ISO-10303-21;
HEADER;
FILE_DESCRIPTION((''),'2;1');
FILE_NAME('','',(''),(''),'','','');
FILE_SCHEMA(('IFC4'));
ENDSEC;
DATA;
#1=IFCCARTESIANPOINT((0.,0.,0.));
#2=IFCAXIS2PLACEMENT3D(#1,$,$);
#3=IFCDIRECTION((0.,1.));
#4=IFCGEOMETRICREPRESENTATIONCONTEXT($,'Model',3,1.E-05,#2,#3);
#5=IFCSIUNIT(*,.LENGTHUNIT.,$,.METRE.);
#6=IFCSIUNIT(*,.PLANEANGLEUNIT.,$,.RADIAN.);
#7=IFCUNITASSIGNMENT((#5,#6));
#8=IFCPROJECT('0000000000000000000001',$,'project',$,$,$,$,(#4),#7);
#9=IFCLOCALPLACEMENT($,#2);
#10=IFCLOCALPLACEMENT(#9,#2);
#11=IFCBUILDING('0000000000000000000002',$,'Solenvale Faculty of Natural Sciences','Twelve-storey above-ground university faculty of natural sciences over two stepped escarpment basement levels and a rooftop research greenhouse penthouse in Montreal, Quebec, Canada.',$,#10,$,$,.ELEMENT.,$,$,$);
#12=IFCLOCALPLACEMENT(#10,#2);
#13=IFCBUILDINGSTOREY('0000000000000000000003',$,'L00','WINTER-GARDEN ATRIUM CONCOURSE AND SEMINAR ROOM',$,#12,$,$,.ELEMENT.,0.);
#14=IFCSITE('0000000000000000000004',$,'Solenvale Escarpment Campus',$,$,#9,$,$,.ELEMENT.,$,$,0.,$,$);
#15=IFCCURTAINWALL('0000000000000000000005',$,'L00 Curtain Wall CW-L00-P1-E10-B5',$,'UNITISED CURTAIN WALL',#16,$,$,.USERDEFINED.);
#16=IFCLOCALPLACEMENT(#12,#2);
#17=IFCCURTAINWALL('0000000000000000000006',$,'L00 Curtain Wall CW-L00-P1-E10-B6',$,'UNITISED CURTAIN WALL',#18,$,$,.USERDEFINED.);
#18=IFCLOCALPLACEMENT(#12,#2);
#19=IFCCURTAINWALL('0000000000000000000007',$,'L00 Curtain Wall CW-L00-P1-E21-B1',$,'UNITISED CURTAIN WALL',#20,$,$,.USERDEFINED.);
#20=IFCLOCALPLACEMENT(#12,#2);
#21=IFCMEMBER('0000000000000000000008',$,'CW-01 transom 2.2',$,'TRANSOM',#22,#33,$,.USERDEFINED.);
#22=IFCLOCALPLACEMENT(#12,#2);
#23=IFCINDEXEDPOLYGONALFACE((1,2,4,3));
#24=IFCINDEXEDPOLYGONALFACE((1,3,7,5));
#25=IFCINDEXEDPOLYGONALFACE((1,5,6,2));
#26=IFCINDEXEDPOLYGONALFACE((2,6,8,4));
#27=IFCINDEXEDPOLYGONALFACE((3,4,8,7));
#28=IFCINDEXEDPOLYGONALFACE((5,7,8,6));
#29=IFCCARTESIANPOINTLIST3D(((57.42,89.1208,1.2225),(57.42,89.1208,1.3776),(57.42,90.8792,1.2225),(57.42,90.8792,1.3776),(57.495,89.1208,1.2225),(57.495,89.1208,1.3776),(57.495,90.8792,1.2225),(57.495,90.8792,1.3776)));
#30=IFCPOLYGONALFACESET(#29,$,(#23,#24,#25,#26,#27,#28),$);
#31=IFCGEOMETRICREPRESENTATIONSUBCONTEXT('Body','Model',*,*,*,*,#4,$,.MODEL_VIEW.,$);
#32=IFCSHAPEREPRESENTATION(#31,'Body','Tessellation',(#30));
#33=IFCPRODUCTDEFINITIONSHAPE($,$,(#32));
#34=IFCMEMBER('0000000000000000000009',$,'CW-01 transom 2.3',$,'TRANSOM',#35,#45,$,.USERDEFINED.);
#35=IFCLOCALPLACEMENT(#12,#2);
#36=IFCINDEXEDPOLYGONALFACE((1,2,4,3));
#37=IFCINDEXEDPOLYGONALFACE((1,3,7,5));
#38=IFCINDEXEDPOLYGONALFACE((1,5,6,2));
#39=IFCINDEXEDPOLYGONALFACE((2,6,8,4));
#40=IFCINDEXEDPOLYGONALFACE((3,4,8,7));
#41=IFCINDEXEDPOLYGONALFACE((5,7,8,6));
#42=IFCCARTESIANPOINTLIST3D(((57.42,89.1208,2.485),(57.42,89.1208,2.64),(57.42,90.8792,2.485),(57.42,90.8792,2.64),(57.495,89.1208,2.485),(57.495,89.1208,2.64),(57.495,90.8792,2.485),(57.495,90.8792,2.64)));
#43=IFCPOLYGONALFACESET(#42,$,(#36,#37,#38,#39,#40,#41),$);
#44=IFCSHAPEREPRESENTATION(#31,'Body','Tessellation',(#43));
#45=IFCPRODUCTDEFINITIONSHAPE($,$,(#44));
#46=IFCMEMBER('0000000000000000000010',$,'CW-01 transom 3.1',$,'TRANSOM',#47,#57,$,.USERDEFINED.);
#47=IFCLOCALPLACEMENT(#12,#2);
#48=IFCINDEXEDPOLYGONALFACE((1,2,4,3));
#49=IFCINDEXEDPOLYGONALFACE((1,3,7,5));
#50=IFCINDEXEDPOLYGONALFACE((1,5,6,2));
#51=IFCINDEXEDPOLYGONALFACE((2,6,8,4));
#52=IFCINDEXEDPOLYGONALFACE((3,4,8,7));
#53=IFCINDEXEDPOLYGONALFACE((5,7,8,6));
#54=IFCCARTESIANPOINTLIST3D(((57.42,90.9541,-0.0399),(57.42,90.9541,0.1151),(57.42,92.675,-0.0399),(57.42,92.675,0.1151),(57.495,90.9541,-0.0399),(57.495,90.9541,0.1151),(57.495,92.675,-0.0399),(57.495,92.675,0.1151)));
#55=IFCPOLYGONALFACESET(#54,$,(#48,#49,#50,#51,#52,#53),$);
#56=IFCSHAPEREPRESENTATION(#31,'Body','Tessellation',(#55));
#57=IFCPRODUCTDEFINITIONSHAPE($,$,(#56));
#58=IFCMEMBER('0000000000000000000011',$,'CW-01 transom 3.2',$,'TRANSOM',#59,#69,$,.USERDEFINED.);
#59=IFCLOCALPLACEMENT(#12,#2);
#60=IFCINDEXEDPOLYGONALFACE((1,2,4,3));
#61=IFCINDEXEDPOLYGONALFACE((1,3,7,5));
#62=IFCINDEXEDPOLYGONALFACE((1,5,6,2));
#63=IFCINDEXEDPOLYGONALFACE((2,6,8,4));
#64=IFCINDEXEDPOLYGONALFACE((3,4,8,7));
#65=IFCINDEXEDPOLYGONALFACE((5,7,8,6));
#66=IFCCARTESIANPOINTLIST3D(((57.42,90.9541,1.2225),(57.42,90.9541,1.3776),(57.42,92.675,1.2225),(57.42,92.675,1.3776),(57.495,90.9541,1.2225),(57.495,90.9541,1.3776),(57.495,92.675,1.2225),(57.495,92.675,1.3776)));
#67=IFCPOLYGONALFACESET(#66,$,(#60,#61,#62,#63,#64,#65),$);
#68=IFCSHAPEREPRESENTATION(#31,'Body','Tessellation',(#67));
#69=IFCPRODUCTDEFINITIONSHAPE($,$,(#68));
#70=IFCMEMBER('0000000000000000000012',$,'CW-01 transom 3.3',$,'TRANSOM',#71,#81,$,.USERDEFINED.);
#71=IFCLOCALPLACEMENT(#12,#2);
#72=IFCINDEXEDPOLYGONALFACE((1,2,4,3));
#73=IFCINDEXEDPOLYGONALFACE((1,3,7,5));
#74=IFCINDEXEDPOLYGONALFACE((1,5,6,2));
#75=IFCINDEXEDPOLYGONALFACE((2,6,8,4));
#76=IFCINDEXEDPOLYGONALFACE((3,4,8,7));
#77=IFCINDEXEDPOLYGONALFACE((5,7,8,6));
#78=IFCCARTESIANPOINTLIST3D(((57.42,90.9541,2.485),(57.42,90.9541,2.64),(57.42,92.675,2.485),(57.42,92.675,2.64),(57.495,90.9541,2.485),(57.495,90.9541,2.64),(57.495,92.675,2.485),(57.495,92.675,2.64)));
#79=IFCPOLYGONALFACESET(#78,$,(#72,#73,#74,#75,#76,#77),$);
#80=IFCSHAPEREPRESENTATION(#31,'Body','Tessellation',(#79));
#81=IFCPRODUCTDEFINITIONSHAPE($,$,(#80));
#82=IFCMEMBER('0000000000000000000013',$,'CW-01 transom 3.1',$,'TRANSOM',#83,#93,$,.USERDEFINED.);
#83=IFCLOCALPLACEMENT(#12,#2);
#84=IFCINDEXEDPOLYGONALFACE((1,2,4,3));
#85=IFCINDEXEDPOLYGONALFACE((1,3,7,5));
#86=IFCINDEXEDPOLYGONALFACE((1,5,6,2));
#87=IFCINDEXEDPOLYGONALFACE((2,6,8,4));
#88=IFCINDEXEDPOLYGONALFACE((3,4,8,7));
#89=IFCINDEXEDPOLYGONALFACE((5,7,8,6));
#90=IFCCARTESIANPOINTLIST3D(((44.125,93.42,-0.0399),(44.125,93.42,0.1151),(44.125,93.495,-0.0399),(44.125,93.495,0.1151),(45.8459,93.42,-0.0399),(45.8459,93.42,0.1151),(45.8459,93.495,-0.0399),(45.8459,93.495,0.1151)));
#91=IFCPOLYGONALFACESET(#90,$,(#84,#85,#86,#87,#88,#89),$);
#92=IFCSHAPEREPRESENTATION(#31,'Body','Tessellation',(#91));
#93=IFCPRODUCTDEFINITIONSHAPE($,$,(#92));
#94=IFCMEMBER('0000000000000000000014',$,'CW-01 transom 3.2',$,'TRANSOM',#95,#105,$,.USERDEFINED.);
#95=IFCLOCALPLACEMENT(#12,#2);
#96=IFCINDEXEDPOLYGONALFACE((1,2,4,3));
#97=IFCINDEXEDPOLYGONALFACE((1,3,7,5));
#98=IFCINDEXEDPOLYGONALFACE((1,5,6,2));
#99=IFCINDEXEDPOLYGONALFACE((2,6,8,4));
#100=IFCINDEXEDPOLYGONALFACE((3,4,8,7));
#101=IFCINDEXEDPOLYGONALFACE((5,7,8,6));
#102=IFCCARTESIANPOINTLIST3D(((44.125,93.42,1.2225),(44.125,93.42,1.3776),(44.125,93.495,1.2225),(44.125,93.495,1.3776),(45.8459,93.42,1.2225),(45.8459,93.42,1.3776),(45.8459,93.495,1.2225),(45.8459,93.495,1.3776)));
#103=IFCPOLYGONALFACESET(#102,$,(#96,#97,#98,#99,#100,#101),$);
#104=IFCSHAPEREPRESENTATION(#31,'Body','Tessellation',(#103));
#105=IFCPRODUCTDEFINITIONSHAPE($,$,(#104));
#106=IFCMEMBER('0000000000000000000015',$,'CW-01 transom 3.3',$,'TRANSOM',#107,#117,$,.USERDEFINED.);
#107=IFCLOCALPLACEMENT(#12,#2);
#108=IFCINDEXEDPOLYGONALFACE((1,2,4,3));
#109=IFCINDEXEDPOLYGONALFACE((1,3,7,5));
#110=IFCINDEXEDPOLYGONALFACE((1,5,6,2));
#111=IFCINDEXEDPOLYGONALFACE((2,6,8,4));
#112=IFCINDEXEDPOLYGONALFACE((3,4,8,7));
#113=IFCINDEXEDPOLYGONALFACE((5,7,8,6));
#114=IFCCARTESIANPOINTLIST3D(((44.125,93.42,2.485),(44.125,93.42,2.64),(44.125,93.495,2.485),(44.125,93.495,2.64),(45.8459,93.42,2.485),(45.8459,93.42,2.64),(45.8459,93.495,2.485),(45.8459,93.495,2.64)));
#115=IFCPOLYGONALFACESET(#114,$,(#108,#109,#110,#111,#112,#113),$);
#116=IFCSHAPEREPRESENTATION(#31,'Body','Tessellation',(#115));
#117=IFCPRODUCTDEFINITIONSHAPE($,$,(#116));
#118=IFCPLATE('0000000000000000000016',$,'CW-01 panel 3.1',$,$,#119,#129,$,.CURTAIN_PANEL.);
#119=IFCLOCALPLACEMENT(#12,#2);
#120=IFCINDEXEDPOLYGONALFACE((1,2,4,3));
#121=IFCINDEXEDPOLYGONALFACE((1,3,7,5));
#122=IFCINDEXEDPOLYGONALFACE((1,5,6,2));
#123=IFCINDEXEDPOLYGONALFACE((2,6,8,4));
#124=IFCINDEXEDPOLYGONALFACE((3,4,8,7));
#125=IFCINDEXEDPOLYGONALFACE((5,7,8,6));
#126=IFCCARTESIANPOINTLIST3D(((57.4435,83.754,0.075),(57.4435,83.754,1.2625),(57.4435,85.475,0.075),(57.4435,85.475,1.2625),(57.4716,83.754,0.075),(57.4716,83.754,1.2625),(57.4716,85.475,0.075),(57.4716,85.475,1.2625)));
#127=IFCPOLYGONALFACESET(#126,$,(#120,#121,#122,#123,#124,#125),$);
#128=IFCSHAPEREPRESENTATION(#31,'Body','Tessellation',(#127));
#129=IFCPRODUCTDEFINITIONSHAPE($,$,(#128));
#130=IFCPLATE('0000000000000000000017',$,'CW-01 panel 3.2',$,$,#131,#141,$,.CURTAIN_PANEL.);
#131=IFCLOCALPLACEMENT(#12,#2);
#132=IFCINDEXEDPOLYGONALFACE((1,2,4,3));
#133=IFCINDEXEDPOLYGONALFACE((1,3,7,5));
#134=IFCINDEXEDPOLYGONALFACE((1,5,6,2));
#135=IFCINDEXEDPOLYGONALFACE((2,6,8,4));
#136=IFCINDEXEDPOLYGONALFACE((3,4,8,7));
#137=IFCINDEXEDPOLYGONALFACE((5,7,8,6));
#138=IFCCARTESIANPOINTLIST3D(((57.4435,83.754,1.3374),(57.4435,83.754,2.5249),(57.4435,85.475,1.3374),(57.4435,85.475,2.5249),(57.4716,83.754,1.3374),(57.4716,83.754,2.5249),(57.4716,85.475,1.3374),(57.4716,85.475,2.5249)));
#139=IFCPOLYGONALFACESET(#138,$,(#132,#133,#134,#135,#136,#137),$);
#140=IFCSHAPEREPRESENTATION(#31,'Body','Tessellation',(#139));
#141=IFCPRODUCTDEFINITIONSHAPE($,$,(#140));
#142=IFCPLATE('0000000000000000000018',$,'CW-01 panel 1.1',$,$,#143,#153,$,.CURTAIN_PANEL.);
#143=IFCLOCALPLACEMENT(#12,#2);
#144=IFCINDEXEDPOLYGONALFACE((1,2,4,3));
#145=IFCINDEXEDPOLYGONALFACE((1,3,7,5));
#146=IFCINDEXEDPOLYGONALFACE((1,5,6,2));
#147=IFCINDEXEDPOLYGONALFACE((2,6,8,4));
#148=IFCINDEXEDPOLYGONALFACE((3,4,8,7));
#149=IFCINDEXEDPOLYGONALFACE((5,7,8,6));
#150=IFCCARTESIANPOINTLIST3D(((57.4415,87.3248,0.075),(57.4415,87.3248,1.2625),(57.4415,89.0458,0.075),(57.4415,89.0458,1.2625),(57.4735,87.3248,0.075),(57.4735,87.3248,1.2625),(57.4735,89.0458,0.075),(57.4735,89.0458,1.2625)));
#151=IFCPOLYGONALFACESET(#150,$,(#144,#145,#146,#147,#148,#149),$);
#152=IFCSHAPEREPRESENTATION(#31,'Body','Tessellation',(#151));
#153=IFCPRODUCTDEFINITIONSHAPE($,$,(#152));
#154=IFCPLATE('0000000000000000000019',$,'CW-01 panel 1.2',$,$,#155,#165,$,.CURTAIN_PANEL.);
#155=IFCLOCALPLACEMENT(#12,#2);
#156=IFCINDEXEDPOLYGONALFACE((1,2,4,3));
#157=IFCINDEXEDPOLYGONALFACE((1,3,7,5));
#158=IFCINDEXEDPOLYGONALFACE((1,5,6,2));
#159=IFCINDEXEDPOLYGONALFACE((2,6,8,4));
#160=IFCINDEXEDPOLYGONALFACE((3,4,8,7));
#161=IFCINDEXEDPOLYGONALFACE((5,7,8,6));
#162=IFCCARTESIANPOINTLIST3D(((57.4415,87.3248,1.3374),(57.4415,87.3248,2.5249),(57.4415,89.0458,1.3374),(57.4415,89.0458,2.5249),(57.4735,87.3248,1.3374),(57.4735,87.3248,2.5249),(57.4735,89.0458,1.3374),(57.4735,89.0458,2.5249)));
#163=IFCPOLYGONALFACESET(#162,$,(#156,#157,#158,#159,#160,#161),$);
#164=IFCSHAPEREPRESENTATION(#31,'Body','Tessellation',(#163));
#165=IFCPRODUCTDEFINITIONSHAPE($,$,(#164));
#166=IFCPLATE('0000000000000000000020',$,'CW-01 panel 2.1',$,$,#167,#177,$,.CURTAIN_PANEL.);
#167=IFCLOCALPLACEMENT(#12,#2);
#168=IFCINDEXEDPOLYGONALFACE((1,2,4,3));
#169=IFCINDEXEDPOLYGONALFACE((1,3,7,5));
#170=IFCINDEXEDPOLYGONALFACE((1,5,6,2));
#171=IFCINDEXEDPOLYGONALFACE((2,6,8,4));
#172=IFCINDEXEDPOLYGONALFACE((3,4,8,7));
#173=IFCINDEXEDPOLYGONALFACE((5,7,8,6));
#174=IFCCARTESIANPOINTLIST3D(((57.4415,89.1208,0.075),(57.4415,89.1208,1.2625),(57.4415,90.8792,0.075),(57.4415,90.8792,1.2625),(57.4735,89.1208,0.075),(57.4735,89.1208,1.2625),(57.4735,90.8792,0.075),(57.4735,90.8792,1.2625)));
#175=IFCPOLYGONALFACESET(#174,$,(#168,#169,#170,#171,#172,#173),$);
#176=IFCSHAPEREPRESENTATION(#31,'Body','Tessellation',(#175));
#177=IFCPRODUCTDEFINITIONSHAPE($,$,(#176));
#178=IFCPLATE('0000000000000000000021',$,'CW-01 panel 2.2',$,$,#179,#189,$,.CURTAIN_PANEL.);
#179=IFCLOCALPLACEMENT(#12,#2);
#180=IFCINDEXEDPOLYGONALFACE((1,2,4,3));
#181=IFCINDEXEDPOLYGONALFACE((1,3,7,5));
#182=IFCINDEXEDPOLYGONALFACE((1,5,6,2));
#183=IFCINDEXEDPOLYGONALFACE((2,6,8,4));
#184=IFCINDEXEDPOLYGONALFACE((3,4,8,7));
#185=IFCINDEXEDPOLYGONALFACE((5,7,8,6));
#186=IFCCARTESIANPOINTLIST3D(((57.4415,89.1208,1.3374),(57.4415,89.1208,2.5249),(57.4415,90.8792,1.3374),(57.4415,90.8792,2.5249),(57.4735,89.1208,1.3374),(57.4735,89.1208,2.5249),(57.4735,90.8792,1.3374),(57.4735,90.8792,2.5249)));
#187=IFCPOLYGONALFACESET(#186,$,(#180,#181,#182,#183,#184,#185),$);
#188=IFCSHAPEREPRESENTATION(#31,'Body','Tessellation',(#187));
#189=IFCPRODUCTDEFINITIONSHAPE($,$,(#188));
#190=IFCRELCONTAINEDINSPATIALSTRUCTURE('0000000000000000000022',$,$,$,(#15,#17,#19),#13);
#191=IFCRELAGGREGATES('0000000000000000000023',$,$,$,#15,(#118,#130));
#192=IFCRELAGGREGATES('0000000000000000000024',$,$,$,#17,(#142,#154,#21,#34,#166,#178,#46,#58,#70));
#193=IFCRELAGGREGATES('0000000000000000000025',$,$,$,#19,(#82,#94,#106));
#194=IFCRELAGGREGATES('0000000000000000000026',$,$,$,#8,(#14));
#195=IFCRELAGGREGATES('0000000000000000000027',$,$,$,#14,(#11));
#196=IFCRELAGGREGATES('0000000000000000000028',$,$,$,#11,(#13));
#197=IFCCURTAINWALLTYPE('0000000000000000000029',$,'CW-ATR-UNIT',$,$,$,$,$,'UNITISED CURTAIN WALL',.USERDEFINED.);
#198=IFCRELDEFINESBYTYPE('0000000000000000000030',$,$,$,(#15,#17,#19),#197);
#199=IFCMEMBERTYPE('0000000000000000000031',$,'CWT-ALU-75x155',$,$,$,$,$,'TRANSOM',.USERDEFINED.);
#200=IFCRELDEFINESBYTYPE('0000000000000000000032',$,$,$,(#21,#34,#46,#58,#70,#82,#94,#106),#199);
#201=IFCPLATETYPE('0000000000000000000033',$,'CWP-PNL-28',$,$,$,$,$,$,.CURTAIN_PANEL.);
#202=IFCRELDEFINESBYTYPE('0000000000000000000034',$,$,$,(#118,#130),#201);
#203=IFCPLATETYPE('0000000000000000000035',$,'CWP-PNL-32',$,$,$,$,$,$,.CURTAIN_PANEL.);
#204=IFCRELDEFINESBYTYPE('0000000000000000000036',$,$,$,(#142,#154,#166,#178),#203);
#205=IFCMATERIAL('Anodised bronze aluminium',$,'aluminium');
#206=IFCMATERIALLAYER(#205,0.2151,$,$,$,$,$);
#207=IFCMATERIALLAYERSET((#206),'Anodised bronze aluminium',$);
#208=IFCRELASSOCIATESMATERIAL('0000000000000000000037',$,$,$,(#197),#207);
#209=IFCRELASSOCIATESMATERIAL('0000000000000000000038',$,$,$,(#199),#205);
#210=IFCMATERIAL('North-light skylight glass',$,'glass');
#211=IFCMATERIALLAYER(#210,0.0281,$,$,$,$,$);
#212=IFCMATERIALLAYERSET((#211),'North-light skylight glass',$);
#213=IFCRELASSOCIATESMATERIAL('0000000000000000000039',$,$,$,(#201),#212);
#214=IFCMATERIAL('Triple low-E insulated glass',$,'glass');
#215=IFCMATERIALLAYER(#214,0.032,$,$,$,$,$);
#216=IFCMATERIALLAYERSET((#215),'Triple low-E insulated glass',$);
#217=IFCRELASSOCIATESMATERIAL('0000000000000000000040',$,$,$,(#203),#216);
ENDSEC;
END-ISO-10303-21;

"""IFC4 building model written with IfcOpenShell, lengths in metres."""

from ifc_helpers import new_model, si_unit, direction, frame, origin, origin_2d, place, context, subcontext, project, spatial, rectangle, extrude, material, layer, layer_set, material_profile, profile_set, type_object, element, aggregate, save


model = new_model("IFC4")

# Units and contexts
model_context = context("Model", 3, precision=1e-05, world=origin(), true_north=direction((0.0, 1.0)))
body_context = subcontext(model_context, "Body", "Model", "MODEL_VIEW")
ifc_project = project(units=[si_unit("LENGTHUNIT", "METRE"), si_unit("PLANEANGLEUNIT", "RADIAN")], contexts=[model_context])

# Site, building, storey
site_placement = place(None, origin())
site = spatial("IfcSite", under=ifc_project, at=site_placement, Name="Solenvale Escarpment Campus", CompositionType="ELEMENT", RefElevation=0.0)
building_placement = place(site_placement, origin())
building = spatial("IfcBuilding", under=site, at=building_placement, Name="Solenvale Faculty of Natural Sciences", Description="Twelve-storey above-ground university faculty of natural sciences over two stepped escarpment basement levels and a rooftop research greenhouse penthouse in Montreal, Quebec, Canada.", CompositionType="ELEMENT")
storey_placement = place(building_placement, origin())
storey = spatial("IfcBuildingStorey", under=building, at=storey_placement, Name="L00", Description="WINTER-GARDEN ATRIUM CONCOURSE AND SEMINAR ROOM", CompositionType="ELEMENT", Elevation=0.0)

# Curtain wall
ifc_material_1 = material(Name="Anodised bronze aluminium", Category="aluminium")
ifc_layer_1 = layer(ifc_material_1, 0.2151)
ifc_layer_set_1 = layer_set([ifc_layer_1], Name="Anodised bronze aluminium")
curtain_wall_type = type_object("IfcCurtainWallType", Name="CW-ATR-UNIT", ElementType="UNITISED CURTAIN WALL", PredefinedType="USERDEFINED", material=ifc_layer_set_1)
curtain_wall_1_placement = place(storey_placement, origin())
curtain_wall_1 = element("IfcCurtainWall", 1, at=curtain_wall_1_placement, inside=storey, type_object=curtain_wall_type, Name="L00 Curtain Wall CW-L00-P1-E10-B5", ObjectType="UNITISED CURTAIN WALL", PredefinedType="USERDEFINED")

# Curtain walls
curtain_wall_2_placement = place(storey_placement, origin())
curtain_wall_2 = element("IfcCurtainWall", 2, at=curtain_wall_2_placement, inside=storey, type_object=curtain_wall_type, Name="L00 Curtain Wall CW-L00-P1-E10-B6", ObjectType="UNITISED CURTAIN WALL", PredefinedType="USERDEFINED")
curtain_wall_3_placement = place(storey_placement, origin())
curtain_wall_3 = element("IfcCurtainWall", 3, at=curtain_wall_3_placement, inside=storey, type_object=curtain_wall_type, Name="L00 Curtain Wall CW-L00-P1-E21-B1", ObjectType="UNITISED CURTAIN WALL", PredefinedType="USERDEFINED")

# Members
ifc_material_profile_1 = material_profile(ifc_material_1, rectangle(XDim=0.075, YDim=0.155, at=origin_2d()), Name="ALU-TRN-75x155")
ifc_profile_set_1 = profile_set([ifc_material_profile_1], Name="Anodised bronze aluminium")
member_type_1 = type_object("IfcMemberType", Name="CWT-ALU-75x155", ElementType="TRANSOM", PredefinedType="USERDEFINED", material=ifc_profile_set_1)
member_1_placement = place(storey_placement, frame((57.4575, 89.1208, 1.3), z_axis=(0.0, 1.0, 0.0), x_axis=(-1.0, 0.0, 0.0)))
member_1 = element("IfcMember", 4, at=member_1_placement, type_object=member_type_1, Name="CW-01 transom 2.2", ObjectType="TRANSOM", PredefinedType="USERDEFINED", context=body_context, shape_type="SweptSolid", body=[
    extrude(rectangle(XDim=0.075, YDim=0.155, at=origin_2d()), origin(), (0.0, 0.0, 1.0), 1.7583),
])
member_2_placement = place(storey_placement, frame((57.4575, 89.1208, 2.5625), z_axis=(0.0, 1.0, 0.0), x_axis=(-1.0, 0.0, 0.0)))
member_2 = element("IfcMember", 5, at=member_2_placement, type_object=member_type_1, Name="CW-01 transom 2.3", ObjectType="TRANSOM", PredefinedType="USERDEFINED", context=body_context, shape_type="SweptSolid", body=[
    extrude(rectangle(XDim=0.075, YDim=0.155, at=origin_2d()), origin(), (0.0, 0.0, 1.0), 1.7583),
])
member_3_placement = place(storey_placement, frame((57.4575, 90.9541, 0.0376), z_axis=(0.0, 1.0, 0.0), x_axis=(-1.0, 0.0, 0.0)))
member_3 = element("IfcMember", 6, at=member_3_placement, type_object=member_type_1, Name="CW-01 transom 3.1", ObjectType="TRANSOM", PredefinedType="USERDEFINED", context=body_context, shape_type="SweptSolid", body=[
    extrude(rectangle(XDim=0.075, YDim=0.155, at=origin_2d()), origin(), (0.0, 0.0, 1.0), 1.7209),
])
member_4_placement = place(storey_placement, frame((57.4575, 90.9541, 1.3), z_axis=(0.0, 1.0, 0.0), x_axis=(-1.0, 0.0, 0.0)))
member_4 = element("IfcMember", 7, at=member_4_placement, type_object=member_type_1, Name="CW-01 transom 3.2", ObjectType="TRANSOM", PredefinedType="USERDEFINED", context=body_context, shape_type="SweptSolid", body=[
    extrude(rectangle(XDim=0.075, YDim=0.155, at=origin_2d()), origin(), (0.0, 0.0, 1.0), 1.7209),
])
member_5_placement = place(storey_placement, frame((57.4575, 90.9541, 2.5625), z_axis=(0.0, 1.0, 0.0), x_axis=(-1.0, 0.0, 0.0)))
member_5 = element("IfcMember", 8, at=member_5_placement, type_object=member_type_1, Name="CW-01 transom 3.3", ObjectType="TRANSOM", PredefinedType="USERDEFINED", context=body_context, shape_type="SweptSolid", body=[
    extrude(rectangle(XDim=0.075, YDim=0.155, at=origin_2d()), origin(), (0.0, 0.0, 1.0), 1.7209),
])
member_6_placement = place(storey_placement, frame((45.8459, 93.4575, 0.0376), z_axis=(-1.0, 0.0, 0.0), x_axis=(0.0, -1.0, 0.0)))
member_6 = element("IfcMember", 9, at=member_6_placement, type_object=member_type_1, Name="CW-01 transom 3.1", ObjectType="TRANSOM", PredefinedType="USERDEFINED", context=body_context, shape_type="SweptSolid", body=[
    extrude(rectangle(XDim=0.075, YDim=0.155, at=origin_2d()), origin(), (0.0, 0.0, 1.0), 1.7209),
])
member_7_placement = place(storey_placement, frame((45.8459, 93.4575, 1.3), z_axis=(-1.0, 0.0, 0.0), x_axis=(0.0, -1.0, 0.0)))
member_7 = element("IfcMember", 10, at=member_7_placement, type_object=member_type_1, Name="CW-01 transom 3.2", ObjectType="TRANSOM", PredefinedType="USERDEFINED", context=body_context, shape_type="SweptSolid", body=[
    extrude(rectangle(XDim=0.075, YDim=0.155, at=origin_2d()), origin(), (0.0, 0.0, 1.0), 1.7209),
])
member_8_placement = place(storey_placement, frame((45.8459, 93.4575, 2.5625), z_axis=(-1.0, 0.0, 0.0), x_axis=(0.0, -1.0, 0.0)))
member_8 = element("IfcMember", 11, at=member_8_placement, type_object=member_type_1, Name="CW-01 transom 3.3", ObjectType="TRANSOM", PredefinedType="USERDEFINED", context=body_context, shape_type="SweptSolid", body=[
    extrude(rectangle(XDim=0.075, YDim=0.155, at=origin_2d()), origin(), (0.0, 0.0, 1.0), 1.7209),
])

# Plates
ifc_material_2 = material(Name="North-light skylight glass", Category="glass")
ifc_layer_2 = layer(ifc_material_2, 0.0281)
ifc_layer_set_2 = layer_set([ifc_layer_2], Name="North-light skylight glass")
plate_type_1 = type_object("IfcPlateType", Name="CWP-PNL-28", PredefinedType="CURTAIN_PANEL", material=ifc_layer_set_2)
plate_1_placement = place(storey_placement, frame((57.4575, 84.6145, 0.075), z_axis=(0.0, 0.0, 1.0), x_axis=(0.0, 1.0, 0.0)))
plate_1 = element("IfcPlate", 12, at=plate_1_placement, type_object=plate_type_1, Name="CW-01 panel 3.1", PredefinedType="CURTAIN_PANEL", context=body_context, shape_type="SweptSolid", body=[
    extrude(rectangle(XDim=1.7209, YDim=0.0281, at=origin_2d()), origin(), (0.0, 0.0, 1.0), 1.1875),
])
plate_2_placement = place(storey_placement, frame((57.4575, 84.6145, 1.3374), z_axis=(0.0, 0.0, 1.0), x_axis=(0.0, 1.0, 0.0)))
plate_2 = element("IfcPlate", 13, at=plate_2_placement, type_object=plate_type_1, Name="CW-01 panel 3.2", PredefinedType="CURTAIN_PANEL", context=body_context, shape_type="SweptSolid", body=[
    extrude(rectangle(XDim=1.7209, YDim=0.0281, at=origin_2d()), origin(), (0.0, 0.0, 1.0), 1.1875),
])
aggregate(curtain_wall_1, [plate_1, plate_2])
ifc_material_3 = material(Name="Triple low-E insulated glass", Category="glass")
ifc_layer_3 = layer(ifc_material_3, 0.032)
ifc_layer_set_3 = layer_set([ifc_layer_3], Name="Triple low-E insulated glass")
plate_type_2 = type_object("IfcPlateType", Name="CWP-PNL-32", PredefinedType="CURTAIN_PANEL", material=ifc_layer_set_3)
plate_3_placement = place(storey_placement, frame((57.4575, 88.1853, 0.075), z_axis=(0.0, 0.0, 1.0), x_axis=(0.0, 1.0, 0.0)))
plate_3 = element("IfcPlate", 14, at=plate_3_placement, type_object=plate_type_2, Name="CW-01 panel 1.1", PredefinedType="CURTAIN_PANEL", context=body_context, shape_type="SweptSolid", body=[
    extrude(rectangle(XDim=1.7209, YDim=0.032, at=origin_2d()), origin(), (0.0, 0.0, 1.0), 1.1875),
])
plate_4_placement = place(storey_placement, frame((57.4575, 88.1853, 1.3374), z_axis=(0.0, 0.0, 1.0), x_axis=(0.0, 1.0, 0.0)))
plate_4 = element("IfcPlate", 15, at=plate_4_placement, type_object=plate_type_2, Name="CW-01 panel 1.2", PredefinedType="CURTAIN_PANEL", context=body_context, shape_type="SweptSolid", body=[
    extrude(rectangle(XDim=1.7209, YDim=0.032, at=origin_2d()), origin(), (0.0, 0.0, 1.0), 1.1875),
])
plate_5_placement = place(storey_placement, frame((57.4575, 90.0, 0.075), z_axis=(0.0, 0.0, 1.0), x_axis=(0.0, 1.0, 0.0)))
plate_5 = element("IfcPlate", 16, at=plate_5_placement, type_object=plate_type_2, Name="CW-01 panel 2.1", PredefinedType="CURTAIN_PANEL", context=body_context, shape_type="SweptSolid", body=[
    extrude(rectangle(XDim=1.7583, YDim=0.032, at=origin_2d()), origin(), (0.0, 0.0, 1.0), 1.1875),
])
plate_6_placement = place(storey_placement, frame((57.4575, 90.0, 1.3374), z_axis=(0.0, 0.0, 1.0), x_axis=(0.0, 1.0, 0.0)))
plate_6 = element("IfcPlate", 17, at=plate_6_placement, type_object=plate_type_2, Name="CW-01 panel 2.2", PredefinedType="CURTAIN_PANEL", context=body_context, shape_type="SweptSolid", body=[
    extrude(rectangle(XDim=1.7583, YDim=0.032, at=origin_2d()), origin(), (0.0, 0.0, 1.0), 1.1875),
])
aggregate(curtain_wall_2, [plate_3, plate_4, member_1, member_2, plate_5, plate_6, member_3, member_4, member_5])
aggregate(curtain_wall_3, [member_6, member_7, member_8])

save(model, "model.ifc")
